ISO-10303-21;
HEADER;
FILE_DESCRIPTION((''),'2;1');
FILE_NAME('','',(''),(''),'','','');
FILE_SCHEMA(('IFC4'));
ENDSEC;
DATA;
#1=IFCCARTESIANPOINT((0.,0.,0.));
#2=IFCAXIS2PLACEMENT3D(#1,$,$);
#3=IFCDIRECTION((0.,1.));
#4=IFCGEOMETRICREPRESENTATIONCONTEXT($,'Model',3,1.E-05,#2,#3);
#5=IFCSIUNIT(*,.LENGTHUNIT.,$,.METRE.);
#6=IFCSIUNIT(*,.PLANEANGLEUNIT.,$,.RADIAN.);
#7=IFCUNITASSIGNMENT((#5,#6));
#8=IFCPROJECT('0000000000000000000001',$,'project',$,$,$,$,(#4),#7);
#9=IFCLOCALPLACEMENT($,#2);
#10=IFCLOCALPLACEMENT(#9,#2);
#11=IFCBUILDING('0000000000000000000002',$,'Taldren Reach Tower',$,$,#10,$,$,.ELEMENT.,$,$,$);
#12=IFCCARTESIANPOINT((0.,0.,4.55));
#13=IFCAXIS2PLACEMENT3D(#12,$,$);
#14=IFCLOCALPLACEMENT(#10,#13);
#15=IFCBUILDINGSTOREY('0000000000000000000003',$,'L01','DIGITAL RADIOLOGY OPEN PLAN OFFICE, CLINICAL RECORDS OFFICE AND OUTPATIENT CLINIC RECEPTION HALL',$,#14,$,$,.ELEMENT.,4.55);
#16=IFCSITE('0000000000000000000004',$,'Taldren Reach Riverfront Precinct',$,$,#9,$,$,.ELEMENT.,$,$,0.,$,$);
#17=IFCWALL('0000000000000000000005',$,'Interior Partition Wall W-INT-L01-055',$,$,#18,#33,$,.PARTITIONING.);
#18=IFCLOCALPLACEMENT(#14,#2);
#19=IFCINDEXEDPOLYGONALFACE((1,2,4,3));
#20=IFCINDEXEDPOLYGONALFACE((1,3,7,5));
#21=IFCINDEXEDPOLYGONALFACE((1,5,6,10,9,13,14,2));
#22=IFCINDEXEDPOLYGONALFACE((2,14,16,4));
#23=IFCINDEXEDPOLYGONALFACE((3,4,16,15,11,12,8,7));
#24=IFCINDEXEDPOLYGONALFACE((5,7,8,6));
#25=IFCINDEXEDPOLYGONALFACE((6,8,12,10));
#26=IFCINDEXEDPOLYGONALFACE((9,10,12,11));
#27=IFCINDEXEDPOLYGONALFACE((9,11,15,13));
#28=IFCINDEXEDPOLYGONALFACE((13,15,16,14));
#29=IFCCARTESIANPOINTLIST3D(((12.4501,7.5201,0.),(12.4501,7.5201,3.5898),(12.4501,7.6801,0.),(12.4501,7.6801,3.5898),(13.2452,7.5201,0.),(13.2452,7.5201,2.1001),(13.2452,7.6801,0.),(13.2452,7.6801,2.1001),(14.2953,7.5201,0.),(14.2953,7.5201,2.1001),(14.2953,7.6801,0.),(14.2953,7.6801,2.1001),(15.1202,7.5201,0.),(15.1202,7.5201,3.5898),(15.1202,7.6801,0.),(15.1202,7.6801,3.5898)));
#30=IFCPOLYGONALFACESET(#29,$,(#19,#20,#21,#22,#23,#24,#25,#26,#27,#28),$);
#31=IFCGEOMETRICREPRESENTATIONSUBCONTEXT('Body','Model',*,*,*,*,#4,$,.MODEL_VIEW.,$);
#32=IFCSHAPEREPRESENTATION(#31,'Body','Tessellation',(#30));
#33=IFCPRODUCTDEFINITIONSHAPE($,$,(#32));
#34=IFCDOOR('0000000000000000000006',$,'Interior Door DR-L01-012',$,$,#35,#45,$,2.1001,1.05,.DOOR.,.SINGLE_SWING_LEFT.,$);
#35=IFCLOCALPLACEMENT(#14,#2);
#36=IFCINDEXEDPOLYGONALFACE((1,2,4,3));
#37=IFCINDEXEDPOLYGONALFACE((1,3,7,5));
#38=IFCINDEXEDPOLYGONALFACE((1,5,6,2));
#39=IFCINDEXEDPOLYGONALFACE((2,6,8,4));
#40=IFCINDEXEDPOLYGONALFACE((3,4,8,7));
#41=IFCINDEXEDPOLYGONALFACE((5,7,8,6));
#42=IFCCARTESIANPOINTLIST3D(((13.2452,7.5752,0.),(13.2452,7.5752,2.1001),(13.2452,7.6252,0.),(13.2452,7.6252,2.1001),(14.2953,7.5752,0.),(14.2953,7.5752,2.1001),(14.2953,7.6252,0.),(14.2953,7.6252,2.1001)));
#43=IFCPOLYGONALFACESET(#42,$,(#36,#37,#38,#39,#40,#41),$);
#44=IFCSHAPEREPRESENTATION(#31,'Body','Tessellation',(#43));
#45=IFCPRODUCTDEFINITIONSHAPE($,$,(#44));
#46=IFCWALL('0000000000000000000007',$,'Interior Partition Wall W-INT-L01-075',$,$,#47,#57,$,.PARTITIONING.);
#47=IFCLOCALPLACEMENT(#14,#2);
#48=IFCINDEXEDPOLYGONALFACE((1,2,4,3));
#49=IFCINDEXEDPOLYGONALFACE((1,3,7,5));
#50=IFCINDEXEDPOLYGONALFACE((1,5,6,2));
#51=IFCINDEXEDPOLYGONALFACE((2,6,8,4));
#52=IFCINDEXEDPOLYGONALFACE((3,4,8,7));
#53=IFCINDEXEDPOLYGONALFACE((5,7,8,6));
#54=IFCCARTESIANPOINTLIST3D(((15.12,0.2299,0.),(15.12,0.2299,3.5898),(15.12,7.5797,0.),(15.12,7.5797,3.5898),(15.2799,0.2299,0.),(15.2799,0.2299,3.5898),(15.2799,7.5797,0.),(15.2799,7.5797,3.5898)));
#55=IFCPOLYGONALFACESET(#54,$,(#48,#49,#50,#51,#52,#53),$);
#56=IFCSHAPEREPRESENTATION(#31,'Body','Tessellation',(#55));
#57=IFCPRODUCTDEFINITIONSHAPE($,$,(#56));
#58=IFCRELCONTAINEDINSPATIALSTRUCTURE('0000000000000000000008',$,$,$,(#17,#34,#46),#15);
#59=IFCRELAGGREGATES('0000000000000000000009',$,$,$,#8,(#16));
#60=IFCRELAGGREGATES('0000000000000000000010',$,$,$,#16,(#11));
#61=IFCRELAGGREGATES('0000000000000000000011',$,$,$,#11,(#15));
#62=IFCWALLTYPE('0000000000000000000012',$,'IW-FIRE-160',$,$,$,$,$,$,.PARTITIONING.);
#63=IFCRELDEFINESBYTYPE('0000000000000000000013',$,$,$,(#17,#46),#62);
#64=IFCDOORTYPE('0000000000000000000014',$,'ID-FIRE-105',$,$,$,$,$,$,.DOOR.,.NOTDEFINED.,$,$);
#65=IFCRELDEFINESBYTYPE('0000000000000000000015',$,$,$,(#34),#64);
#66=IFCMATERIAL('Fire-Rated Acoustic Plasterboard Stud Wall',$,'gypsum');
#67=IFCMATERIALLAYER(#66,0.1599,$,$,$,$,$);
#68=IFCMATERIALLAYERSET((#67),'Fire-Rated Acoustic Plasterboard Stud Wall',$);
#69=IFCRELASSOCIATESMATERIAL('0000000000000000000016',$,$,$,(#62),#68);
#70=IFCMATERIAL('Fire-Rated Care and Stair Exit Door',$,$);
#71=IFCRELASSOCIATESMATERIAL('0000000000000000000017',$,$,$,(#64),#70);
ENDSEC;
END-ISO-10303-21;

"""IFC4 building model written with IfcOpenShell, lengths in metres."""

from ifc_helpers import new_model, si_unit, direction, frame, frame_2d, origin, place, context, subcontext, project, spatial, rectangle, extrude, source, transform, mapped, material, layer, layer_set, type_object, element, fill, save


model = new_model("IFC4")

# Units and contexts
model_context = context("Model", 3, precision=1e-05, world=origin(), true_north=direction((0.0, 1.0)))
body_context = subcontext(model_context, "Body", "Model", "MODEL_VIEW")
ifc_project = project(units=[si_unit("LENGTHUNIT", "METRE"), si_unit("PLANEANGLEUNIT", "RADIAN")], contexts=[model_context])

# Site, building, storey
site_placement = place(None, origin())
site = spatial("IfcSite", under=ifc_project, at=site_placement, Name="Taldren Reach Riverfront Precinct", CompositionType="ELEMENT", RefElevation=0.0)
building_placement = place(site_placement, origin())
building = spatial("IfcBuilding", under=site, at=building_placement, Name="Taldren Reach Tower", CompositionType="ELEMENT")
storey_placement = place(building_placement, frame((0.0, 0.0, 4.55)))
storey = spatial("IfcBuildingStorey", under=building, at=storey_placement, Name="L01", Description="DIGITAL RADIOLOGY OPEN PLAN OFFICE, CLINICAL RECORDS OFFICE AND OUTPATIENT CLINIC RECEPTION HALL", CompositionType="ELEMENT", Elevation=4.55)

# Wall, opening, door
ifc_material_1 = material(Name="Fire-Rated Acoustic Plasterboard Stud Wall", Category="gypsum")
ifc_layer_1 = layer(ifc_material_1, 0.1599)
ifc_layer_set_1 = layer_set([ifc_layer_1], Name="Fire-Rated Acoustic Plasterboard Stud Wall")
wall_type_1 = type_object("IfcWallType", Name="IW-FIRE-160", PredefinedType="PARTITIONING", material=ifc_layer_set_1)
shared_shape_1 = source(origin(), body_context, "Body", "SweptSolid", [
    extrude(rectangle(XDim=2.6702, YDim=0.1599, at=frame_2d((1.335, 0.0))), origin(), (0.0, 0.0, 1.0), 3.5898),
])
wall_1_placement = place(storey_placement, frame((15.1201, 7.6001, 0.0), z_axis=(0.0, 0.0, 1.0), x_axis=(-1.0, 0.0, 0.0)))
wall_1 = element("IfcWall", 1, at=wall_1_placement, inside=storey, type_object=wall_type_1, Name="Interior Partition Wall W-INT-L01-055", PredefinedType="PARTITIONING", context=body_context, shape_type="MappedRepresentation", body=[
    mapped(shared_shape_1, transform((0.0, 0.0, 0.0), scale=1.0)),
])
shared_shape_2 = source(origin(), body_context, "Body", "SweptSolid", [
    extrude(rectangle(XDim=1.05, YDim=2.1001, at=frame_2d((0.5249, 1.05))), frame((0.0, 0.0898, 0.0), z_axis=(0.0, -1.0, 0.0), x_axis=(1.0, 0.0, 0.0)), (0.0, 0.0, 1.0), 0.1799),
])
opening_1_placement = place(wall_1_placement, frame((0.825, 0.0, 0.0)))
opening_1 = element("IfcOpeningElement", 2, at=opening_1_placement, cuts=wall_1, PredefinedType="OPENING", context=body_context, shape_type="MappedRepresentation", body=[
    mapped(shared_shape_2, transform((0.0, 0.0, 0.0), scale=1.0)),
])
ifc_material_2 = material(Name="Fire-Rated Care and Stair Exit Door")
door_type = type_object("IfcDoorType", Name="ID-FIRE-105", OperationType="NOTDEFINED", PredefinedType="DOOR", material=ifc_material_2)
shared_shape_3 = source(origin(), body_context, "Body", "SweptSolid", [
    extrude(rectangle(XDim=1.05, YDim=2.1001, at=frame_2d((0.5249, 1.05))), frame((0.0, 0.0249, 0.0), z_axis=(0.0, -1.0, 0.0), x_axis=(1.0, 0.0, 0.0)), (0.0, 0.0, 1.0), 0.05),
])
door_placement = place(opening_1_placement, origin())
door = element("IfcDoor", 3, at=door_placement, inside=storey, type_object=door_type, Name="Interior Door DR-L01-012", OperationType="SINGLE_SWING_LEFT", OverallHeight=2.1001, OverallWidth=1.05, PredefinedType="DOOR", context=body_context, shape_type="MappedRepresentation", body=[
    mapped(shared_shape_3, transform((0.0, 0.0, 0.0), scale=1.0)),
])
fill(opening_1, door)

# Wall
shared_shape_4 = source(origin(), body_context, "Body", "SweptSolid", [
    extrude(rectangle(XDim=7.3499, YDim=0.1599, at=frame_2d((3.6748, 0.0))), origin(), (0.0, 0.0, 1.0), 3.5898),
])
wall_2_placement = place(storey_placement, frame((15.2, 0.23, 0.0), z_axis=(0.0, 0.0, 1.0), x_axis=(0.0, 1.0, 0.0)))
element("IfcWall", 4, at=wall_2_placement, inside=storey, type_object=wall_type_1, Name="Interior Partition Wall W-INT-L01-075", PredefinedType="PARTITIONING", context=body_context, shape_type="MappedRepresentation", body=[
    mapped(shared_shape_4, transform((0.0, 0.0, 0.0), scale=1.0)),
])

save(model, "model.ifc")
